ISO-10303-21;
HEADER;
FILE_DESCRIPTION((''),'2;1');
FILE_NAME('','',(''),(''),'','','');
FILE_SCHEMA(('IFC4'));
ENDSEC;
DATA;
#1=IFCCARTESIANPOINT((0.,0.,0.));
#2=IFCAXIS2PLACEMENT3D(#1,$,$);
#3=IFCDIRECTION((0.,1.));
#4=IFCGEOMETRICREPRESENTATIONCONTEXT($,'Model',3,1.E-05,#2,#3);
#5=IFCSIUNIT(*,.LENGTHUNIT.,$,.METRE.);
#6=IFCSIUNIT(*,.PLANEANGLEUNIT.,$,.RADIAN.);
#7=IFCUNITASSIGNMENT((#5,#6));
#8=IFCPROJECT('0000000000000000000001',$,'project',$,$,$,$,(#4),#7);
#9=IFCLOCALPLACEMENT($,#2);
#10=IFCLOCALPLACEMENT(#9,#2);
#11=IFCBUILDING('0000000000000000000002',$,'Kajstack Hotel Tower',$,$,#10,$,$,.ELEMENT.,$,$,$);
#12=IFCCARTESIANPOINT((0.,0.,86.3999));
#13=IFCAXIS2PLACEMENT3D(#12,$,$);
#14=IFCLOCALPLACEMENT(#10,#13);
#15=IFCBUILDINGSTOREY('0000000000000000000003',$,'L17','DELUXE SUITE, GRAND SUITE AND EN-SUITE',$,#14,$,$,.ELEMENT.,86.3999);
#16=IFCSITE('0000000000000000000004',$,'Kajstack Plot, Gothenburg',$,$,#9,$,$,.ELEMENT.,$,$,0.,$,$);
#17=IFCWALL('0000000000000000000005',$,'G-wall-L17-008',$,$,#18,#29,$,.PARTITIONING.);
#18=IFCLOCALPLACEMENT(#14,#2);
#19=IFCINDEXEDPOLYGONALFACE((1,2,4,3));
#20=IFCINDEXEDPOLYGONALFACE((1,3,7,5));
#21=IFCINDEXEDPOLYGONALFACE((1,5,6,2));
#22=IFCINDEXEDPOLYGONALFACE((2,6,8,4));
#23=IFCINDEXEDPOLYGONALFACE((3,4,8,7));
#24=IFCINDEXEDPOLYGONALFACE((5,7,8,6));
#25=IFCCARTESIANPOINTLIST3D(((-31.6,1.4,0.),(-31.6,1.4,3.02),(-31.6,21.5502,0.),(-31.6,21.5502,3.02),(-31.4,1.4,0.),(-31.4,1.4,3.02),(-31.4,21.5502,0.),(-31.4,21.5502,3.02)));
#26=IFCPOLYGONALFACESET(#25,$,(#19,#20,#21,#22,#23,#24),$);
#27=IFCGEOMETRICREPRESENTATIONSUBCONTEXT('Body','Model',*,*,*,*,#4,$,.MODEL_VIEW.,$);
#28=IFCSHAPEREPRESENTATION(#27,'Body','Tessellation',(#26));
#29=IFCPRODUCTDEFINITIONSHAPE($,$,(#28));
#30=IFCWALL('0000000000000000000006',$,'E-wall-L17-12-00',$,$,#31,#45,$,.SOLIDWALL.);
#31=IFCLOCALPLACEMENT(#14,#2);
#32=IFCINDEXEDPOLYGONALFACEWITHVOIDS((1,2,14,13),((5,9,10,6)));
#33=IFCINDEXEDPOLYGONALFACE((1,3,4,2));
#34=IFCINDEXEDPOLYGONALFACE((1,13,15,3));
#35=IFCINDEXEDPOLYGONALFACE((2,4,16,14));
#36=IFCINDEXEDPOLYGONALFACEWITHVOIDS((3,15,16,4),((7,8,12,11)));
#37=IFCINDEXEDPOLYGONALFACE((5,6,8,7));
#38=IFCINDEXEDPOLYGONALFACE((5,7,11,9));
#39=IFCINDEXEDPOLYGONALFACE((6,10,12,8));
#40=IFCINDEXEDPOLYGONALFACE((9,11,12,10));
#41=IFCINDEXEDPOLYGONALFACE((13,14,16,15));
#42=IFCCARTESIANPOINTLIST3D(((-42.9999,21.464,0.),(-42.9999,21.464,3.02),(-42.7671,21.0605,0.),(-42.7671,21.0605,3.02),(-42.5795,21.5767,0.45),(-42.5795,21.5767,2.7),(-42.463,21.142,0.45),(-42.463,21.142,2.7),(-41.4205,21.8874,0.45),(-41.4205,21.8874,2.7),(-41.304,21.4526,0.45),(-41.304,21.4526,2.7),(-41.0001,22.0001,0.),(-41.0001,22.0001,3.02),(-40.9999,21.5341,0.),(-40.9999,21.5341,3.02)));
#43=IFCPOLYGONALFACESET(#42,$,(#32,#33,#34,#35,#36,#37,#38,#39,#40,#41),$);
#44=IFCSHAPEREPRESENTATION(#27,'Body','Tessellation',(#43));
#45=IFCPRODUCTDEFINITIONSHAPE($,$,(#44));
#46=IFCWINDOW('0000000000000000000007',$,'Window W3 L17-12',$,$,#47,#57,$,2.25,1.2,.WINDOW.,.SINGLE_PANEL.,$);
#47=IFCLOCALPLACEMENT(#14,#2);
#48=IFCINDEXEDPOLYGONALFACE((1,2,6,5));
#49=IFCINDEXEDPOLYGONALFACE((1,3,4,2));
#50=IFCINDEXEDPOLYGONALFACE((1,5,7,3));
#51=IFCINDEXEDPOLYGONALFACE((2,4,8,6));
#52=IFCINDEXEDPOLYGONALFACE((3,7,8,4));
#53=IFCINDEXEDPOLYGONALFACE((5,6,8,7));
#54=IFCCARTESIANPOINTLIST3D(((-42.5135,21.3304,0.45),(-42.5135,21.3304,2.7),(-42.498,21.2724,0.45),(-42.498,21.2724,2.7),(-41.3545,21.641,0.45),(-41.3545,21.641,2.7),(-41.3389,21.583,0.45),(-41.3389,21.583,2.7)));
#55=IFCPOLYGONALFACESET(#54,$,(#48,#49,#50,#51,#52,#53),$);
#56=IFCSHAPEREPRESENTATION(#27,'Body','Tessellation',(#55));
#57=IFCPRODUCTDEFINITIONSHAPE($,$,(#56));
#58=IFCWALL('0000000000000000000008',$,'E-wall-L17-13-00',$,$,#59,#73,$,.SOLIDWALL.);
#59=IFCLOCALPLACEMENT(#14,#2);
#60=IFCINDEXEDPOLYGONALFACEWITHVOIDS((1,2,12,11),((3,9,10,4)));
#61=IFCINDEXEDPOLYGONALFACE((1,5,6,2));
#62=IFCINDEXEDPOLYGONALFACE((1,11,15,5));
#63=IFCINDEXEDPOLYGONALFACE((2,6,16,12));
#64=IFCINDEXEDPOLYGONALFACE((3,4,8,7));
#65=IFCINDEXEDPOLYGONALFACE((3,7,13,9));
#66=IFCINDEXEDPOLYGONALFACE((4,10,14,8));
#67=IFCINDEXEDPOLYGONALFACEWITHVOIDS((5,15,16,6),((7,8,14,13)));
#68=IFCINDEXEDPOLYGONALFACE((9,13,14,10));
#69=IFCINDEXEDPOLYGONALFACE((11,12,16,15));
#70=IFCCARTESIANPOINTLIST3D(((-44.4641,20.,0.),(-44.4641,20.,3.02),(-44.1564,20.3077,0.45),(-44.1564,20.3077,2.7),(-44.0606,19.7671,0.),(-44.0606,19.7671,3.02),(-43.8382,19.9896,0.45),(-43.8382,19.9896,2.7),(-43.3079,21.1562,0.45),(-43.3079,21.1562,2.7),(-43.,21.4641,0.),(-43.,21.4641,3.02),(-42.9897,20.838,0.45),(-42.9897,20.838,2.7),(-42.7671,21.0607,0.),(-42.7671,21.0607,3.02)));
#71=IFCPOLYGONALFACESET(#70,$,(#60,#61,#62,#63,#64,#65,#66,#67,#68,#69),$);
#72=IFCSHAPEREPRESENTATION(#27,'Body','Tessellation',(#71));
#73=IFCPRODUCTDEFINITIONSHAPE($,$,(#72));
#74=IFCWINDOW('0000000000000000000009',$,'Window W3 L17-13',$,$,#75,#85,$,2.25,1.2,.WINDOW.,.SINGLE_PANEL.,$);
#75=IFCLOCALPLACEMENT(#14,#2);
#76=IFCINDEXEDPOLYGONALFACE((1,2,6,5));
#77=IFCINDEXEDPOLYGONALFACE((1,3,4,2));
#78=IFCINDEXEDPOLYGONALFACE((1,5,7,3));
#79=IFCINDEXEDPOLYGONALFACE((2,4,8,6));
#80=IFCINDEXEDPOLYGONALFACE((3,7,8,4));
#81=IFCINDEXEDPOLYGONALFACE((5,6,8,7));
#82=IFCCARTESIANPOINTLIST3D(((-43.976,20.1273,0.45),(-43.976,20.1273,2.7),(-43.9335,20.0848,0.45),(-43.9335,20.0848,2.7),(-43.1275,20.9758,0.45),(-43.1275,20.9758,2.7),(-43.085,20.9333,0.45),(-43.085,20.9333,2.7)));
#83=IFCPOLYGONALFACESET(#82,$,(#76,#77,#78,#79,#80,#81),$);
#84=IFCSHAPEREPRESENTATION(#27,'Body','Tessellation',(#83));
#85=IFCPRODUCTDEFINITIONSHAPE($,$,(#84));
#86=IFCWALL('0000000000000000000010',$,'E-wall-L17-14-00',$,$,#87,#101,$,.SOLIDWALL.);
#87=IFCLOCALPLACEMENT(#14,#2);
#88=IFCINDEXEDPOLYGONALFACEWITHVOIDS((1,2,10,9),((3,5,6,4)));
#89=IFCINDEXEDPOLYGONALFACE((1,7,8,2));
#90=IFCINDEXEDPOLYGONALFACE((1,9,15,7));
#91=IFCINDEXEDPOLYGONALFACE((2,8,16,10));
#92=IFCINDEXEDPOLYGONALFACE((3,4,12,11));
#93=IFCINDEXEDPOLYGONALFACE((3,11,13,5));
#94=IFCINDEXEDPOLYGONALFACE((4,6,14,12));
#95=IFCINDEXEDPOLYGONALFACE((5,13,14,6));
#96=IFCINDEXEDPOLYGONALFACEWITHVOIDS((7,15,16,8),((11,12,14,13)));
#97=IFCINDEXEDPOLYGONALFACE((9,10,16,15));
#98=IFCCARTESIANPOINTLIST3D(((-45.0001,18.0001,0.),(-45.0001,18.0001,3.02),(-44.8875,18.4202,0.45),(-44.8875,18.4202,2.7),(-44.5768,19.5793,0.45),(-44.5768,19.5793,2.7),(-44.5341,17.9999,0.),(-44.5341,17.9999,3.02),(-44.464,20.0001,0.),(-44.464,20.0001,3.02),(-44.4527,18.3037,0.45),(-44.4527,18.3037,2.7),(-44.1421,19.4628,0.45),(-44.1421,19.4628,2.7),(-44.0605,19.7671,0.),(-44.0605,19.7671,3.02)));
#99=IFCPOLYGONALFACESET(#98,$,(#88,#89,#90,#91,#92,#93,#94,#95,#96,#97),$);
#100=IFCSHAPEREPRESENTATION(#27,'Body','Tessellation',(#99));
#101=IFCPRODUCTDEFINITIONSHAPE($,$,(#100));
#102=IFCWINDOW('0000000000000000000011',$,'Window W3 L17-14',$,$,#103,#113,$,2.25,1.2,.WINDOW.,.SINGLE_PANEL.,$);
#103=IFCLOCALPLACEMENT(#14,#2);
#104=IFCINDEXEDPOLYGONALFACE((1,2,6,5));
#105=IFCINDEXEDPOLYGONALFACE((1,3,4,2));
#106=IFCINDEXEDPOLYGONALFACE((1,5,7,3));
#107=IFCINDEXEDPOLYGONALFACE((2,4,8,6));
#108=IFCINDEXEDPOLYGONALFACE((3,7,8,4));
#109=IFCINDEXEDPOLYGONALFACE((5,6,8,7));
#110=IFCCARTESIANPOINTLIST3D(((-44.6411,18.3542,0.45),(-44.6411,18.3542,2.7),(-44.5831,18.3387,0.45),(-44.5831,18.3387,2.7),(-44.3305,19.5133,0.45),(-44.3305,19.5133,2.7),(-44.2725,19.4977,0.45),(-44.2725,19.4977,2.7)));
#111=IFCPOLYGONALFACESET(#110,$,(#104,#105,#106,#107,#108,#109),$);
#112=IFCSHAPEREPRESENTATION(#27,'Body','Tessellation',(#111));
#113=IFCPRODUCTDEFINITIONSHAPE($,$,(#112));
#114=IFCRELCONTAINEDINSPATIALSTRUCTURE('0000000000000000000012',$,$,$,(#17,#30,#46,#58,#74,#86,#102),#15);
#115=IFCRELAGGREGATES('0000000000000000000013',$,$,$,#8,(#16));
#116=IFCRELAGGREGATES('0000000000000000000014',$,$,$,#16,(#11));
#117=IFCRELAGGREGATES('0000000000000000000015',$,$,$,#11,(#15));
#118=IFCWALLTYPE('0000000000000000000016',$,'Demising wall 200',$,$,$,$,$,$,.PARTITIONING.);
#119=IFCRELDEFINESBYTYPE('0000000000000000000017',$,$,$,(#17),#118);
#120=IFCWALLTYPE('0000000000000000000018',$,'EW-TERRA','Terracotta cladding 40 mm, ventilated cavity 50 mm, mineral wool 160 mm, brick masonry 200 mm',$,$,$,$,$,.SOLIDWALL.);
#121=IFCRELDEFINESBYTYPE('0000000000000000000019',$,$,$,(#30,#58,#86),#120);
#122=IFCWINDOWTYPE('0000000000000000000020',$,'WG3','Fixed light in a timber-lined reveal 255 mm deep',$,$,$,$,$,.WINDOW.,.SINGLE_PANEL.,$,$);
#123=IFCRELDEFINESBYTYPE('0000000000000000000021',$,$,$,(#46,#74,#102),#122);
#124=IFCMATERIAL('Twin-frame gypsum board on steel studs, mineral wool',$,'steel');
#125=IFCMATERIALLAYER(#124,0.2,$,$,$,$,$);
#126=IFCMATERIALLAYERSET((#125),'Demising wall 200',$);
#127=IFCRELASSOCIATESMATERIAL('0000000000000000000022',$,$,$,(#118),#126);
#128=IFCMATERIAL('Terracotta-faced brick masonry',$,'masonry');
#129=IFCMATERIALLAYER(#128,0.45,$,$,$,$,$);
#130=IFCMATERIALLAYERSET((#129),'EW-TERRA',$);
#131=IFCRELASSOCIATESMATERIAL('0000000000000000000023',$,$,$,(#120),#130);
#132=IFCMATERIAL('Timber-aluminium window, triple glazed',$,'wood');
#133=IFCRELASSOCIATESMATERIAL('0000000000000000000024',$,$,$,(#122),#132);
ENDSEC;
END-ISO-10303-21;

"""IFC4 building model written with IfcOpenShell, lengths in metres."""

from ifc_helpers import new_model, si_unit, direction, frame, frame_2d, origin, place, context, subcontext, project, spatial, polyline, rectangle, outline, extrude, material, layer, layer_set, type_object, element, fill, save


model = new_model("IFC4")

# Units and contexts
model_context = context("Model", 3, precision=1e-05, world=origin(), true_north=direction((0.0, 1.0)))
body_context = subcontext(model_context, "Body", "Model", "MODEL_VIEW")
ifc_project = project(units=[si_unit("LENGTHUNIT", "METRE"), si_unit("PLANEANGLEUNIT", "RADIAN")], contexts=[model_context])

# Site, building, storey
site_placement = place(None, origin())
site = spatial("IfcSite", under=ifc_project, at=site_placement, Name="Kajstack Plot, Gothenburg", CompositionType="ELEMENT", RefElevation=0.0)
building_placement = place(site_placement, origin())
building = spatial("IfcBuilding", under=site, at=building_placement, Name="Kajstack Hotel Tower", CompositionType="ELEMENT")
storey_placement = place(building_placement, frame((0.0, 0.0, 86.3999)))
storey = spatial("IfcBuildingStorey", under=building, at=storey_placement, Name="L17", Description="DELUXE SUITE, GRAND SUITE AND EN-SUITE", CompositionType="ELEMENT", Elevation=86.3999)

# Wall
ifc_material_1 = material(Name="Twin-frame gypsum board on steel studs, mineral wool", Category="steel")
ifc_layer_1 = layer(ifc_material_1, 0.2)
ifc_layer_set_1 = layer_set([ifc_layer_1], Name="Demising wall 200")
wall_type_1 = type_object("IfcWallType", Name="Demising wall 200", PredefinedType="PARTITIONING", material=ifc_layer_set_1)
wall_1_placement = place(storey_placement, frame((-31.5, 1.3999, 0.0), z_axis=(0.0, 0.0, 1.0), x_axis=(0.0, 1.0, 0.0)))
element("IfcWall", 1, at=wall_1_placement, inside=storey, type_object=wall_type_1, Name="G-wall-L17-008", PredefinedType="PARTITIONING", context=body_context, shape_type="SweptSolid", body=[
    extrude(rectangle(XDim=20.1501, YDim=0.2, at=frame_2d((10.0752, 0.0))), origin(), (0.0, 0.0, 1.0), 3.02),
])

# Walls, openings, windows
ifc_material_2 = material(Name="Terracotta-faced brick masonry", Category="masonry")
ifc_layer_2 = layer(ifc_material_2, 0.45)
ifc_layer_set_2 = layer_set([ifc_layer_2], Name="EW-TERRA")
wall_type_2 = type_object("IfcWallType", Name="EW-TERRA", Description="Terracotta cladding 40 mm, ventilated cavity 50 mm, mineral wool 160 mm, brick masonry 200 mm", PredefinedType="SOLIDWALL", material=ifc_layer_set_2)
wall_2_placement = place(storey_placement, frame((-40.9417, 21.7827, 0.0), z_axis=(0.0, 0.0, 1.0), x_axis=(-0.965927, -0.258815, 0.0)))
wall_2 = element("IfcWall", 2, at=wall_2_placement, inside=storey, type_object=wall_type_2, Name="E-wall-L17-12-00", PredefinedType="SOLIDWALL", context=body_context, shape_type="SweptSolid", body=[
    extrude(outline(polyline([(0.0002, -0.2251), (2.0706, -0.2249), (1.9502, 0.2251), (0.1206, 0.2251), (0.0002, -0.2251)])), origin(), (0.0, 0.0, 1.0), 3.02),
])
opening_1_placement = place(wall_2_placement, frame((0.4353, 0.0, 0.45)))
opening_1 = element("IfcOpeningElement", 3, at=opening_1_placement, cuts=wall_2, PredefinedType="OPENING", context=body_context, shape_type="SweptSolid", body=[
    extrude(rectangle(XDim=1.2, YDim=2.25, at=frame_2d((0.6001, 1.125))), frame((0.0, 0.2349, 0.0), z_axis=(0.0, -1.0, 0.0), x_axis=(1.0, 0.0, 0.0)), (0.0, 0.0, 1.0), 0.47),
])
ifc_material_3 = material(Name="Timber-aluminium window, triple glazed", Category="wood")
window_type_1 = type_object("IfcWindowType", Name="WG3", Description="Fixed light in a timber-lined reveal 255 mm deep", PartitioningType="SINGLE_PANEL", PredefinedType="WINDOW", material=ifc_material_3)
window_1_placement = place(opening_1_placement, origin())
window_1 = element("IfcWindow", 4, at=window_1_placement, inside=storey, type_object=window_type_1, Name="Window W3 L17-12", OverallHeight=2.25, OverallWidth=1.2, PartitioningType="SINGLE_PANEL", PredefinedType="WINDOW", context=body_context, shape_type="SweptSolid", body=[
    extrude(rectangle(XDim=1.2, YDim=2.25, at=frame_2d((0.6001, 1.125))), frame((0.0, 0.0901, 0.0), z_axis=(0.0, -1.0, 0.0), x_axis=(1.0, 0.0, 0.0)), (0.0, 0.0, 1.0), 0.0601),
])
fill(opening_1, window_1)
wall_3_placement = place(storey_placement, frame((-42.8408, 21.3049, 0.0), z_axis=(0.0, 0.0, 1.0), x_axis=(-0.707107, -0.707107, 0.0)))
wall_3 = element("IfcWall", 5, at=wall_3_placement, inside=storey, type_object=wall_type_2, Name="E-wall-L17-13-00", PredefinedType="SOLIDWALL", context=body_context, shape_type="SweptSolid", body=[
    extrude(outline(polyline([(0.0, -0.2251), (2.0706, -0.2251), (1.95, 0.2249), (0.1206, 0.2249), (0.0, -0.2251)])), origin(), (0.0, 0.0, 1.0), 3.02),
])
opening_2_placement = place(wall_3_placement, frame((0.4353, 0.0, 0.45)))
opening_2 = element("IfcOpeningElement", 6, at=opening_2_placement, cuts=wall_3, PredefinedType="OPENING", context=body_context, shape_type="SweptSolid", body=[
    extrude(rectangle(XDim=1.2, YDim=2.25, at=frame_2d((0.6001, 1.125))), frame((0.0, 0.2349, 0.0), z_axis=(0.0, -1.0, 0.0), x_axis=(1.0, 0.0, 0.0)), (0.0, 0.0, 1.0), 0.47),
])
window_2_placement = place(opening_2_placement, origin())
window_2 = element("IfcWindow", 7, at=window_2_placement, inside=storey, type_object=window_type_1, Name="Window W3 L17-13", OverallHeight=2.25, OverallWidth=1.2, PartitioningType="SINGLE_PANEL", PredefinedType="WINDOW", context=body_context, shape_type="SweptSolid", body=[
    extrude(rectangle(XDim=1.2, YDim=2.25, at=frame_2d((0.6001, 1.125))), frame((0.0, 0.0901, 0.0), z_axis=(0.0, -1.0, 0.0), x_axis=(1.0, 0.0, 0.0)), (0.0, 0.0, 1.0), 0.0601),
])
fill(opening_2, window_2)
wall_4_placement = place(storey_placement, frame((-44.2468, 19.9417, 0.0), z_axis=(0.0, 0.0, 1.0), x_axis=(-0.258815, -0.965927, 0.0)))
wall_4 = element("IfcWall", 8, at=wall_4_placement, inside=storey, type_object=wall_type_2, Name="E-wall-L17-14-00", PredefinedType="SOLIDWALL", context=body_context, shape_type="SweptSolid", body=[
    extrude(outline(polyline([(-0.0002, -0.2249), (2.0703, -0.2251), (1.95, 0.2251), (0.1204, 0.2251), (-0.0002, -0.2249)])), origin(), (0.0, 0.0, 1.0), 3.02),
])
opening_3_placement = place(wall_4_placement, frame((0.4353, 0.0, 0.45)))
opening_3 = element("IfcOpeningElement", 9, at=opening_3_placement, cuts=wall_4, PredefinedType="OPENING", context=body_context, shape_type="SweptSolid", body=[
    extrude(rectangle(XDim=1.2, YDim=2.25, at=frame_2d((0.6001, 1.125))), frame((0.0, 0.2349, 0.0), z_axis=(0.0, -1.0, 0.0), x_axis=(1.0, 0.0, 0.0)), (0.0, 0.0, 1.0), 0.47),
])
window_3_placement = place(opening_3_placement, origin())
window_3 = element("IfcWindow", 10, at=window_3_placement, inside=storey, type_object=window_type_1, Name="Window W3 L17-14", OverallHeight=2.25, OverallWidth=1.2, PartitioningType="SINGLE_PANEL", PredefinedType="WINDOW", context=body_context, shape_type="SweptSolid", body=[
    extrude(rectangle(XDim=1.2, YDim=2.25, at=frame_2d((0.6001, 1.125))), frame((0.0, 0.0901, 0.0), z_axis=(0.0, -1.0, 0.0), x_axis=(1.0, 0.0, 0.0)), (0.0, 0.0, 1.0), 0.0601),
])
fill(opening_3, window_3)

save(model, "model.ifc")
